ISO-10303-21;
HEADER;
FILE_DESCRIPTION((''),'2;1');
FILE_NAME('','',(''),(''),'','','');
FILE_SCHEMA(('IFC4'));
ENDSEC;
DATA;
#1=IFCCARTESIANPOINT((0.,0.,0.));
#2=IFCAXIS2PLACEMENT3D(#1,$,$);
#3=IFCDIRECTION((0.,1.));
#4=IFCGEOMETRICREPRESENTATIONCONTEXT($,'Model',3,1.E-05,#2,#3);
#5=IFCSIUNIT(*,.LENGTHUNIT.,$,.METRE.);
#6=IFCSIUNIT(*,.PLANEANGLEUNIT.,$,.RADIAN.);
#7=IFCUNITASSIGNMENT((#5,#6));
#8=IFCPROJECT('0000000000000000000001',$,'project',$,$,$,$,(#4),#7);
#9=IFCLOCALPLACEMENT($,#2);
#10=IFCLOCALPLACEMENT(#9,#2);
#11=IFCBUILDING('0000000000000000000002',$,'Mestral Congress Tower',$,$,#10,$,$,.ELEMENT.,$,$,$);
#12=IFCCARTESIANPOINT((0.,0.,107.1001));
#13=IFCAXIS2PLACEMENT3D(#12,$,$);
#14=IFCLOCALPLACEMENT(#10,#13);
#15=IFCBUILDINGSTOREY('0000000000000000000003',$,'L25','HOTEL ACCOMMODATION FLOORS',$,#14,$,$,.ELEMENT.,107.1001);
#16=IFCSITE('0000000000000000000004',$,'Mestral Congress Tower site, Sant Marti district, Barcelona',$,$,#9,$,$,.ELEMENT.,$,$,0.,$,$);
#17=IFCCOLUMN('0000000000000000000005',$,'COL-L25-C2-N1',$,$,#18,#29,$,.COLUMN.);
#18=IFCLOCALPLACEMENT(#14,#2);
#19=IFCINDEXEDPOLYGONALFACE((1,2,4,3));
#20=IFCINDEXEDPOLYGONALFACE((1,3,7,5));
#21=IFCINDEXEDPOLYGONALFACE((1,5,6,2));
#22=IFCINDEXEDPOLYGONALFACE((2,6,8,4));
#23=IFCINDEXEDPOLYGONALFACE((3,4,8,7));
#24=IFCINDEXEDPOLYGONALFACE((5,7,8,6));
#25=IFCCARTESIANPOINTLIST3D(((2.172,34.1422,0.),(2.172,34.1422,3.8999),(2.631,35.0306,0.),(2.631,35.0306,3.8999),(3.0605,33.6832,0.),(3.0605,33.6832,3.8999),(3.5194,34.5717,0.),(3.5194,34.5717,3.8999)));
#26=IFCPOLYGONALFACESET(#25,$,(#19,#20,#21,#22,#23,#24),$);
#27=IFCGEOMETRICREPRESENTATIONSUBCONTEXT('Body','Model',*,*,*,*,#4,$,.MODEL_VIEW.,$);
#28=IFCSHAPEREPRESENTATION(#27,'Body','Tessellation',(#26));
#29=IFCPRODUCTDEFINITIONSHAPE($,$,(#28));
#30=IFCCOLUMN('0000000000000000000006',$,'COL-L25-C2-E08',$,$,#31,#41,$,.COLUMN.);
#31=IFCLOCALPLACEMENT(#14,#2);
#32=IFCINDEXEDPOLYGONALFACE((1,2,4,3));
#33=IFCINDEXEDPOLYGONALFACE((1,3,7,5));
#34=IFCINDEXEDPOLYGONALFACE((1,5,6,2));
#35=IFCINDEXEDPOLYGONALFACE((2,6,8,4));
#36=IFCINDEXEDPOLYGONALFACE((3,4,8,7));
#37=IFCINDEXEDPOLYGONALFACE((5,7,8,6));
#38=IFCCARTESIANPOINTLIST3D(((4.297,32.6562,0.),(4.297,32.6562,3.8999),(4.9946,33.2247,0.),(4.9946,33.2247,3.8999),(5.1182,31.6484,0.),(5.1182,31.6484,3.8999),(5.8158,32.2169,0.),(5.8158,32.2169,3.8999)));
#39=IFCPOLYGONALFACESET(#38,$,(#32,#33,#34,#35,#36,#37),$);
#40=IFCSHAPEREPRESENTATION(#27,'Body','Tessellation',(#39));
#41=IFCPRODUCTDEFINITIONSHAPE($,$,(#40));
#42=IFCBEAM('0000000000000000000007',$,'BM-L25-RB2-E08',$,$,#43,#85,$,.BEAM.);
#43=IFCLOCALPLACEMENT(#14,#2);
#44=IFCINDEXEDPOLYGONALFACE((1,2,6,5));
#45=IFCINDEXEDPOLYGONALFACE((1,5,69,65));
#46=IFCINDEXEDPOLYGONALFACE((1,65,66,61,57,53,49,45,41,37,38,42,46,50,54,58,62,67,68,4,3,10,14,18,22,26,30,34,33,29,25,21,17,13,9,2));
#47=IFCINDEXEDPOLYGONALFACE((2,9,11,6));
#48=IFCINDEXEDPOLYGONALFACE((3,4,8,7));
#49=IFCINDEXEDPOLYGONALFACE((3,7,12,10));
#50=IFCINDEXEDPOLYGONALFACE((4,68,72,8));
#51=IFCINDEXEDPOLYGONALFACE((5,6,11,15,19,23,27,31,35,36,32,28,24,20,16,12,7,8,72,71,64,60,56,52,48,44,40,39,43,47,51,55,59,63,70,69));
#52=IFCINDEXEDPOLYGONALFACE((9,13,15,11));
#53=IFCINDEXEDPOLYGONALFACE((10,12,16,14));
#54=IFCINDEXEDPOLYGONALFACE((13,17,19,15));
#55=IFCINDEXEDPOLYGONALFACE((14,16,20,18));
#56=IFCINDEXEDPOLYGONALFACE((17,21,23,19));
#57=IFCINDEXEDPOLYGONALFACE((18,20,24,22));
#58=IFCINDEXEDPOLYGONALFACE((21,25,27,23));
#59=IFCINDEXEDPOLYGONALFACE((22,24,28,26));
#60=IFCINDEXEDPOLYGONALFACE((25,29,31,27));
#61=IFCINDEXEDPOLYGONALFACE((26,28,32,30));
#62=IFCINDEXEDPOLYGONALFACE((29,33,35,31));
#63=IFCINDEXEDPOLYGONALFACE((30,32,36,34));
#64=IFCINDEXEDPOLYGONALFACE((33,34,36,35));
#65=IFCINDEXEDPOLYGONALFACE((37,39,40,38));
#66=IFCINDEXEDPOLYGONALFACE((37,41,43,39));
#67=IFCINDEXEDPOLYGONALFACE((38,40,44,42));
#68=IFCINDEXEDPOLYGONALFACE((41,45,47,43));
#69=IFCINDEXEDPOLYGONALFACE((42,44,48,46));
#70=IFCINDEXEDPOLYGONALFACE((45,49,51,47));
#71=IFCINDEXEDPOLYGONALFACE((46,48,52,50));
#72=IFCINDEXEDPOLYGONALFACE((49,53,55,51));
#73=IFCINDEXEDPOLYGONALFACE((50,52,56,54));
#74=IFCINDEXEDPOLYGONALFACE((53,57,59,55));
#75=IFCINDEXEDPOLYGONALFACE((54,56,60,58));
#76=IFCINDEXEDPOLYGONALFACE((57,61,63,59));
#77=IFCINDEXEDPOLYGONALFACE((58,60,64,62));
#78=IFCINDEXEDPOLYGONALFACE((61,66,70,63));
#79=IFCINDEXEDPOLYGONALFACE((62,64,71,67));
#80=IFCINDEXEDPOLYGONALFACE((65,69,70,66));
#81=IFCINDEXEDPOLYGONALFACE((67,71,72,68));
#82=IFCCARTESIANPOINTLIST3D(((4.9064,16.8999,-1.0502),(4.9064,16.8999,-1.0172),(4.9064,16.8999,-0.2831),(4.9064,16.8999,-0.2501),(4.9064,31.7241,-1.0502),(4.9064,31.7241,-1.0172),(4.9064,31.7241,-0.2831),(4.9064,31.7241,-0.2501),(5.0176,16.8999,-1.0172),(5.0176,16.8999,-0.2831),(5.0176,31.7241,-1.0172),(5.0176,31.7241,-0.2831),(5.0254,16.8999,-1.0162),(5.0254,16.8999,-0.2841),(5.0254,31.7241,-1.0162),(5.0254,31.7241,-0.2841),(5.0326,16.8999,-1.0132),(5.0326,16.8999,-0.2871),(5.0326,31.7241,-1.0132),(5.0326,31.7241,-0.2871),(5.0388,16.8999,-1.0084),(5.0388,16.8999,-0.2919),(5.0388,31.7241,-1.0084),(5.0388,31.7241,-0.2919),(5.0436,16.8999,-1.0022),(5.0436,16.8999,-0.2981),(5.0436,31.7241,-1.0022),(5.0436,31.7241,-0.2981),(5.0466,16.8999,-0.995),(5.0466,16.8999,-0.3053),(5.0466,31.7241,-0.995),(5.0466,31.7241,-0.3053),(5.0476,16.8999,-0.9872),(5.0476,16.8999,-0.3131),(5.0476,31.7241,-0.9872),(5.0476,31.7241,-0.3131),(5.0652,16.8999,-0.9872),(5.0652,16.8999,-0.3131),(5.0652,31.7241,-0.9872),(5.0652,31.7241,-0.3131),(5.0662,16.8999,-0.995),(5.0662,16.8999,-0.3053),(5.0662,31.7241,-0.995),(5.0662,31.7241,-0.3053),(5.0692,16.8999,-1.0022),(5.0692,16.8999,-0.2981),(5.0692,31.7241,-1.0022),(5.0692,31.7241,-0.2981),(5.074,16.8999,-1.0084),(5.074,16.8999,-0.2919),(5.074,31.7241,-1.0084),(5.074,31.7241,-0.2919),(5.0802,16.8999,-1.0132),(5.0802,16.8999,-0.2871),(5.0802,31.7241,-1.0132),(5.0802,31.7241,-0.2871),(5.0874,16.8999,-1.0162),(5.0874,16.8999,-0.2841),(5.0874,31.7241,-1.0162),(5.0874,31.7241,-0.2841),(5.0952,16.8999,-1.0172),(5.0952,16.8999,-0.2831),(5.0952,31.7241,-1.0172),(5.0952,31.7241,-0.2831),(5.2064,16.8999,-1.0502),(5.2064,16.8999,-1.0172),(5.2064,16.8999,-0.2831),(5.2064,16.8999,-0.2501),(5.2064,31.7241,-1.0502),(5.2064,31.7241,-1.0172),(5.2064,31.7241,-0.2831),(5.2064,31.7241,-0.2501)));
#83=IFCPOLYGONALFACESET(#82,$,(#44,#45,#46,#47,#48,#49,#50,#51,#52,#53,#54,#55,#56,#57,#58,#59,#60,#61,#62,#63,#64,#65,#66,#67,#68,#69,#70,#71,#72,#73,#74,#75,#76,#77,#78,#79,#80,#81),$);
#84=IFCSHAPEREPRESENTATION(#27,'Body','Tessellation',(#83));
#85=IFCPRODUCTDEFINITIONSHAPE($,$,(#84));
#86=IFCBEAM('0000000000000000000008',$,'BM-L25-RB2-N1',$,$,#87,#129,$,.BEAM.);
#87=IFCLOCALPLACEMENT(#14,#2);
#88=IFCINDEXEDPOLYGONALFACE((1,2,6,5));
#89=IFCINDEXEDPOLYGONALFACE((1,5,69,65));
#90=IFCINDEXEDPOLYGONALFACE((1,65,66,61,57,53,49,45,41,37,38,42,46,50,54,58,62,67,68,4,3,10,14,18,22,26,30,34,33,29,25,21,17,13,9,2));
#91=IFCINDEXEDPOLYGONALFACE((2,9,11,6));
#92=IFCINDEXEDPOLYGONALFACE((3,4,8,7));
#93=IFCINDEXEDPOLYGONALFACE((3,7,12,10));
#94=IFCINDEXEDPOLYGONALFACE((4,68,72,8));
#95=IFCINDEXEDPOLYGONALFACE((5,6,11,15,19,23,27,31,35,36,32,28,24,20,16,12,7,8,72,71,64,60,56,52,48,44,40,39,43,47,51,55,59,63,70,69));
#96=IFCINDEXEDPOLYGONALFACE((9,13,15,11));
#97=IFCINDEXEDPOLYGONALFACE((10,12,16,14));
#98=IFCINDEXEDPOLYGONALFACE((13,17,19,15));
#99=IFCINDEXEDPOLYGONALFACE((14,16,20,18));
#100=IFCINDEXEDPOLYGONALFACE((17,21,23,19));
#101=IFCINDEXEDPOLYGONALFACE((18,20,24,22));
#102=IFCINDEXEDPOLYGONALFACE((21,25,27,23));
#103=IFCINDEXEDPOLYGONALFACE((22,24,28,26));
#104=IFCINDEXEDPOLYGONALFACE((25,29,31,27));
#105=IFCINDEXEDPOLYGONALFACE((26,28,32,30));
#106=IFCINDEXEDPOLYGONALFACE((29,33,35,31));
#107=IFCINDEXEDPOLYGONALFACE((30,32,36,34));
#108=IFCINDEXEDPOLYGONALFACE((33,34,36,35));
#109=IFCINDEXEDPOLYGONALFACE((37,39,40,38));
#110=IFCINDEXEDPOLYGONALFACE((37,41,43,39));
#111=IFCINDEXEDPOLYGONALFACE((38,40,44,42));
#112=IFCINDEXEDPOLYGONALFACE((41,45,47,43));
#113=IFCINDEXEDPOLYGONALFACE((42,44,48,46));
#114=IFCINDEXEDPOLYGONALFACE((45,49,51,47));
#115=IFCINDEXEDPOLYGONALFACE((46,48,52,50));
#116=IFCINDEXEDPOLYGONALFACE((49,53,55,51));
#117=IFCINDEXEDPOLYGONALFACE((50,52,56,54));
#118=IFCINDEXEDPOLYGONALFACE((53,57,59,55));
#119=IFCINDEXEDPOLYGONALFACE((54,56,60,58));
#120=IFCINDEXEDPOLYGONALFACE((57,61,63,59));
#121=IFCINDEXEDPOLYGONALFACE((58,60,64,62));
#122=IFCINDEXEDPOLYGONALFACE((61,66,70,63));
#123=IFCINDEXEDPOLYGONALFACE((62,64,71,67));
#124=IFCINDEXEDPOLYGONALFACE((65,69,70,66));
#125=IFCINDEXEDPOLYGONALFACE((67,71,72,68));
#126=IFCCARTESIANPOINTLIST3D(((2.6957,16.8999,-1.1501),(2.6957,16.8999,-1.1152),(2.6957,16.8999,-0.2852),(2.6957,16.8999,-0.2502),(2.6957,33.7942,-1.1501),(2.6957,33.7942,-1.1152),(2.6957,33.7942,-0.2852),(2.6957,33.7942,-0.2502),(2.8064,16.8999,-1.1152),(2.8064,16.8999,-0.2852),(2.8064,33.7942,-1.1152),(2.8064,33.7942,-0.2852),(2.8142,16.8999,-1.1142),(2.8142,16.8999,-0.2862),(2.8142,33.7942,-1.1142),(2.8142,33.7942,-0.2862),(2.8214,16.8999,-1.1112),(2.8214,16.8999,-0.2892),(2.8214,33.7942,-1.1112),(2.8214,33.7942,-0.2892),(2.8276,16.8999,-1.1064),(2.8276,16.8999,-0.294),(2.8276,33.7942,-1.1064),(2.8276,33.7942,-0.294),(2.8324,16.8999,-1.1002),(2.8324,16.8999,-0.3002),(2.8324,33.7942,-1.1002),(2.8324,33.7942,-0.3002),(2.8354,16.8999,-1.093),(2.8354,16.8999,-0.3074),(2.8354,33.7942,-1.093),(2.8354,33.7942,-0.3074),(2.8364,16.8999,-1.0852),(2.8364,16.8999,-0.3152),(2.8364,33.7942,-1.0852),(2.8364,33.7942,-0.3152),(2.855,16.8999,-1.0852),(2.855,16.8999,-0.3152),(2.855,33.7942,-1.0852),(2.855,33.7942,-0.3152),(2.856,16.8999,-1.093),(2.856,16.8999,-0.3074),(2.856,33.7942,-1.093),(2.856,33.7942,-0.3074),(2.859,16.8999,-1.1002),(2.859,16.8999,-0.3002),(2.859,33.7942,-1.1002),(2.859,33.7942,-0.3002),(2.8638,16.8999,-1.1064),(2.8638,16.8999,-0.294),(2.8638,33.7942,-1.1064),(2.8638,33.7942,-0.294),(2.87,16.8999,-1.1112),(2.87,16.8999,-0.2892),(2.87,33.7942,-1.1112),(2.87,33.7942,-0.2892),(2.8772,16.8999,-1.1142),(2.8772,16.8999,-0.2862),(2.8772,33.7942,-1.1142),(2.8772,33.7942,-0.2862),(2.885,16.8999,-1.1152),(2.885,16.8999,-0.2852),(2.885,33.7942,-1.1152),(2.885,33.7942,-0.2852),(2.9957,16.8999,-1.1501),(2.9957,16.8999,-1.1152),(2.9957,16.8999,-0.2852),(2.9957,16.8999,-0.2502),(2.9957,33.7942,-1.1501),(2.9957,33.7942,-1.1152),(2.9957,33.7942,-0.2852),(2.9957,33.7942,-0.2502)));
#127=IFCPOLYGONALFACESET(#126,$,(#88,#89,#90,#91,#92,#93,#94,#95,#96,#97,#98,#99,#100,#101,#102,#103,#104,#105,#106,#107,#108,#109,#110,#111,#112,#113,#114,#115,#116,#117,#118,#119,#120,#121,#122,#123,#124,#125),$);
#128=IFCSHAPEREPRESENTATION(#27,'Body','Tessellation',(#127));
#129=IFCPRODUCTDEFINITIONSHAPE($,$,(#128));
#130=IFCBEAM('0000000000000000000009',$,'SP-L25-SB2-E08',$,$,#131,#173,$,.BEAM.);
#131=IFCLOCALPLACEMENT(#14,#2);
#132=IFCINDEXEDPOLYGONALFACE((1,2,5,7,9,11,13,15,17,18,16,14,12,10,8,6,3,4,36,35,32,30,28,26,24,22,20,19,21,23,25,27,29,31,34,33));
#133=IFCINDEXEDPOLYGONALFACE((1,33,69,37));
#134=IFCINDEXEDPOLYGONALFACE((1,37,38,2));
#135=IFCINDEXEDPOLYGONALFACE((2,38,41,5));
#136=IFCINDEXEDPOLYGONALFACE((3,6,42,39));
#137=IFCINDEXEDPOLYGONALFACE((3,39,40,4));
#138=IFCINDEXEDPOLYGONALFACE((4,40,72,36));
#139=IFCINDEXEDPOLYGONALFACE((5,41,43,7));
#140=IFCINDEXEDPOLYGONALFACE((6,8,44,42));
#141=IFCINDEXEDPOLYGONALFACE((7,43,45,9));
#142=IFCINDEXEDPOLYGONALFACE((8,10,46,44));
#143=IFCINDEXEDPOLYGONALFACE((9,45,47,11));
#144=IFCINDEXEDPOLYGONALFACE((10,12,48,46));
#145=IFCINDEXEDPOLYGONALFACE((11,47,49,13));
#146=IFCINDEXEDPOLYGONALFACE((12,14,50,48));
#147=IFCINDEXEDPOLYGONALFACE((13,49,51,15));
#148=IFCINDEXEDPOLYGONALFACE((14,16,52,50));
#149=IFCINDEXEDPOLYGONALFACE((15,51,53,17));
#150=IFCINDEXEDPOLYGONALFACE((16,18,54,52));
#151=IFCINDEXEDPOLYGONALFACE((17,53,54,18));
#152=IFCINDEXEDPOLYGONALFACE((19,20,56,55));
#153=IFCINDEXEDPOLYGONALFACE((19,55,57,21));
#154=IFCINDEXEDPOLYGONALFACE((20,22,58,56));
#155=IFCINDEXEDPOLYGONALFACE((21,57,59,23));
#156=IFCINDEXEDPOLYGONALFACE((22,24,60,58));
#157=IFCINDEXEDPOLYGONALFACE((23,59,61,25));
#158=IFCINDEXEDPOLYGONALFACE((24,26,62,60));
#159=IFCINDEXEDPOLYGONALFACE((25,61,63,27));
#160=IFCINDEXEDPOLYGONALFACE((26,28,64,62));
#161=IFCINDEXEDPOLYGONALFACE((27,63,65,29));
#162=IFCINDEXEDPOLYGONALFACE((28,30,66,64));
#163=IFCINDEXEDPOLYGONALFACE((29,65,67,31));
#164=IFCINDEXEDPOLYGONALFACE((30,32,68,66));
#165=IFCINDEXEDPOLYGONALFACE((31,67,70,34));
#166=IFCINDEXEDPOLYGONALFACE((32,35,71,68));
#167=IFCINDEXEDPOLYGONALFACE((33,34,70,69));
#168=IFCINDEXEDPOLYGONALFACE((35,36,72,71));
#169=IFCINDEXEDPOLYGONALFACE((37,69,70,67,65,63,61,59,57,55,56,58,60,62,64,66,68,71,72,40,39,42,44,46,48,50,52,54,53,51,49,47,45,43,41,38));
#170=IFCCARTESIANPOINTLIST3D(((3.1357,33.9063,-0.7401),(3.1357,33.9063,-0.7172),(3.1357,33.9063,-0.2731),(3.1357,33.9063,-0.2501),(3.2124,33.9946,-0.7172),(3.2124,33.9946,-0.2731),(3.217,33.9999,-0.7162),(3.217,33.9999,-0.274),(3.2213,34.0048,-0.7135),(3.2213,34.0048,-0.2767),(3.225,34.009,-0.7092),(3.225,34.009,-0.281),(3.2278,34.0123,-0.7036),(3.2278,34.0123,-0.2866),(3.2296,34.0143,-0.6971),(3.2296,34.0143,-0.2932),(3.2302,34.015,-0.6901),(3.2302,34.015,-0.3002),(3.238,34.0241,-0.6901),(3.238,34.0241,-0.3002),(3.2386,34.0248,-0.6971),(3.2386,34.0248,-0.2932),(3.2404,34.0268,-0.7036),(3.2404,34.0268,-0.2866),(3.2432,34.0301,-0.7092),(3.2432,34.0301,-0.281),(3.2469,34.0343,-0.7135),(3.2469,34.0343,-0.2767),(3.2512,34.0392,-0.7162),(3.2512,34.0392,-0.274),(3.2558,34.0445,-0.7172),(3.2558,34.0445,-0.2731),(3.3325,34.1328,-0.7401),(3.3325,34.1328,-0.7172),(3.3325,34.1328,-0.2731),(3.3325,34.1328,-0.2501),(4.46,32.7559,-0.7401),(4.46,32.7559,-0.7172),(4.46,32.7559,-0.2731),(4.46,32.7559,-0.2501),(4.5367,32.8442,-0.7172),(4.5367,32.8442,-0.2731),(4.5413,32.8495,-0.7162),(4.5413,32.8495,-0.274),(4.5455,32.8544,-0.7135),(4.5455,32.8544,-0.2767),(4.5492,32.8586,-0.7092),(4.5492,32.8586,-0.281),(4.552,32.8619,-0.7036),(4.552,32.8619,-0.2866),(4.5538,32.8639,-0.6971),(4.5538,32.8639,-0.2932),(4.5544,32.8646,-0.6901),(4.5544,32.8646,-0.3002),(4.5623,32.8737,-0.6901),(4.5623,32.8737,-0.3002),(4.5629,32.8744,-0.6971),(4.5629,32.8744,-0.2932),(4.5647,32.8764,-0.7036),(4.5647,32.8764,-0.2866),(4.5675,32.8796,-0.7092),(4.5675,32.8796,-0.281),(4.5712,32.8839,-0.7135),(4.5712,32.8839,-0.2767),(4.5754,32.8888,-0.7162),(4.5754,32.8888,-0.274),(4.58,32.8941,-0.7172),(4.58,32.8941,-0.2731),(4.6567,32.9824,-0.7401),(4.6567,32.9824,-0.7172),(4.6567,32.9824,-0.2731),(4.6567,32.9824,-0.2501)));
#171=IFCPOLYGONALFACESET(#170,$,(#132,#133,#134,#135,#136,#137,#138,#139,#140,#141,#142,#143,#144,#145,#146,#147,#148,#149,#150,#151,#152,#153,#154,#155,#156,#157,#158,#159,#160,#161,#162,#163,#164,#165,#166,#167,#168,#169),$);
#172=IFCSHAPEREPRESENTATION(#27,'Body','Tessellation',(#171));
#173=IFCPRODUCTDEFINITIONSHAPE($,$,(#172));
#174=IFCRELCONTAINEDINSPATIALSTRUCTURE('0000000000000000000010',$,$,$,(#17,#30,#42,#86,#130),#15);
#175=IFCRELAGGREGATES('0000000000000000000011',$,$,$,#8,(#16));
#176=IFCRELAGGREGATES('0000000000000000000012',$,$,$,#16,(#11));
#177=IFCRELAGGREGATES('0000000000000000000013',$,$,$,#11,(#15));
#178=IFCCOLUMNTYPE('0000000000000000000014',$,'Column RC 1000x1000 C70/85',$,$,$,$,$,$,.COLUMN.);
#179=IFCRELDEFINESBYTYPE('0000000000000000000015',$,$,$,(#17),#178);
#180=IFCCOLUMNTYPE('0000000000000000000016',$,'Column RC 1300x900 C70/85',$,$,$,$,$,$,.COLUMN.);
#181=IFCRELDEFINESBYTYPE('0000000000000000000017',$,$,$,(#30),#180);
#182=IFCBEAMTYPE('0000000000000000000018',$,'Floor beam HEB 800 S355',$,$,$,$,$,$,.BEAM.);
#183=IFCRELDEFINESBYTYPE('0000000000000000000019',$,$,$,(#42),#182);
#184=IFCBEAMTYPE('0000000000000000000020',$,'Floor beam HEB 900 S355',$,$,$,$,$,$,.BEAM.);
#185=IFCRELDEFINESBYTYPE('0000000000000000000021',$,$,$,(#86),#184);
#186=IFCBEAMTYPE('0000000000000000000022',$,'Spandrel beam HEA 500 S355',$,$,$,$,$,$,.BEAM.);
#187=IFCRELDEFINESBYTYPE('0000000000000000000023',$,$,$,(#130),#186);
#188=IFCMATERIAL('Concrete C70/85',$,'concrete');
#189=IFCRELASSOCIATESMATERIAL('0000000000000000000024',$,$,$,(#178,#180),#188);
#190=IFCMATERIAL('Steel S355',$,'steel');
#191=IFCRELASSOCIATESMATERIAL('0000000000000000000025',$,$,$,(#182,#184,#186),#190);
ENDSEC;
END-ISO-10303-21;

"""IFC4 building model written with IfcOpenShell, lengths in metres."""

from ifc_helpers import new_model, si_unit, direction, frame, origin, origin_2d, place, context, subcontext, project, spatial, rectangle, i_section, extrude, material, material_profile, profile_set, type_object, element, save


model = new_model("IFC4")

# Units and contexts
model_context = context("Model", 3, precision=1e-05, world=origin(), true_north=direction((0.0, 1.0)))
body_context = subcontext(model_context, "Body", "Model", "MODEL_VIEW")
ifc_project = project(units=[si_unit("LENGTHUNIT", "METRE"), si_unit("PLANEANGLEUNIT", "RADIAN")], contexts=[model_context])

# Site, building, storey
site_placement = place(None, origin())
site = spatial("IfcSite", under=ifc_project, at=site_placement, Name="Mestral Congress Tower site, Sant Marti district, Barcelona", CompositionType="ELEMENT", RefElevation=0.0)
building_placement = place(site_placement, origin())
building = spatial("IfcBuilding", under=site, at=building_placement, Name="Mestral Congress Tower", CompositionType="ELEMENT")
storey_placement = place(building_placement, frame((0.0, 0.0, 107.1001)))
storey = spatial("IfcBuildingStorey", under=building, at=storey_placement, Name="L25", Description="HOTEL ACCOMMODATION FLOORS", CompositionType="ELEMENT", Elevation=107.1001)

# Columns
ifc_material_1 = material(Name="Concrete C70/85", Category="concrete")
ifc_material_profile_1 = material_profile(ifc_material_1, rectangle(XDim=1.0, YDim=1.0, at=origin_2d()), Name="RC 1000x1000")
ifc_profile_set_1 = profile_set([ifc_material_profile_1], Name="Concrete C70/85")
column_type_1 = type_object("IfcColumnType", Name="Column RC 1000x1000 C70/85", PredefinedType="COLUMN", material=ifc_profile_set_1)
column_1_placement = place(storey_placement, frame((2.8457, 34.3569, 0.0), z_axis=(0.0, 0.0, 1.0), x_axis=(-0.888456, 0.458961, 0.0)))
element("IfcColumn", 1, at=column_1_placement, inside=storey, type_object=column_type_1, Name="COL-L25-C2-N1", PredefinedType="COLUMN", context=body_context, shape_type="SweptSolid", body=[
    extrude(rectangle(XDim=1.0, YDim=1.0, at=origin_2d()), origin(), (0.0, 0.0, 1.0), 3.8999),
])
ifc_material_profile_2 = material_profile(ifc_material_1, rectangle(XDim=1.3, YDim=0.8999, at=origin_2d()), Name="RC 1300x900")
ifc_profile_set_2 = profile_set([ifc_material_profile_2], Name="Concrete C70/85")
column_type_2 = type_object("IfcColumnType", Name="Column RC 1300x900 C70/85", PredefinedType="COLUMN", material=ifc_profile_set_2)
column_2_placement = place(storey_placement, frame((5.0564, 32.4365, 0.0), z_axis=(0.0, 0.0, 1.0), x_axis=(-0.631709, 0.775206, 0.0)))
element("IfcColumn", 2, at=column_2_placement, inside=storey, type_object=column_type_2, Name="COL-L25-C2-E08", PredefinedType="COLUMN", context=body_context, shape_type="SweptSolid", body=[
    extrude(rectangle(XDim=1.3, YDim=0.8999, at=origin_2d()), origin(), (0.0, 0.0, 1.0), 3.8999),
])

# Beams
ifc_material_2 = material(Name="Steel S355", Category="steel")
ifc_material_profile_3 = material_profile(ifc_material_2, i_section(OverallWidth=0.3, OverallDepth=0.8, WebThickness=0.0176, FlangeThickness=0.033, FilletRadius=0.03, at=origin_2d()), Name="HEB 800")
ifc_profile_set_3 = profile_set([ifc_material_profile_3], Name="Steel S355")
beam_type_1 = type_object("IfcBeamType", Name="Floor beam HEB 800 S355", PredefinedType="BEAM", material=ifc_profile_set_3)
beam_1_placement = place(storey_placement, frame((5.0564, 31.7241, -0.6501), z_axis=(0.0, -1.0, 0.0), x_axis=(1.0, 0.0, 0.0)))
element("IfcBeam", 3, at=beam_1_placement, inside=storey, type_object=beam_type_1, Name="BM-L25-RB2-E08", PredefinedType="BEAM", context=body_context, shape_type="SweptSolid", body=[
    extrude(i_section(OverallWidth=0.3, OverallDepth=0.8, WebThickness=0.0176, FlangeThickness=0.033, FilletRadius=0.03, at=origin_2d()), origin(), (0.0, 0.0, 1.0), 14.8242),
])
ifc_material_profile_4 = material_profile(ifc_material_2, i_section(OverallWidth=0.3, OverallDepth=0.8999, WebThickness=0.0186, FlangeThickness=0.0349, FilletRadius=0.03, at=origin_2d()), Name="HEB 900")
ifc_profile_set_4 = profile_set([ifc_material_profile_4], Name="Steel S355")
beam_type_2 = type_object("IfcBeamType", Name="Floor beam HEB 900 S355", PredefinedType="BEAM", material=ifc_profile_set_4)
beam_2_placement = place(storey_placement, frame((2.8457, 33.7942, -0.7002), z_axis=(0.0, -1.0, 0.0), x_axis=(1.0, 0.0, 0.0)))
element("IfcBeam", 4, at=beam_2_placement, inside=storey, type_object=beam_type_2, Name="BM-L25-RB2-N1", PredefinedType="BEAM", context=body_context, shape_type="SweptSolid", body=[
    extrude(i_section(OverallWidth=0.3, OverallDepth=0.8999, WebThickness=0.0186, FlangeThickness=0.0349, FilletRadius=0.03, at=origin_2d()), origin(), (0.0, 0.0, 1.0), 16.8943),
])
ifc_material_profile_5 = material_profile(ifc_material_2, i_section(OverallWidth=0.3, OverallDepth=0.49, WebThickness=0.012, FlangeThickness=0.0229, FilletRadius=0.0271, at=origin_2d()), Name="HEA 500")
ifc_profile_set_5 = profile_set([ifc_material_profile_5], Name="Steel S355")
beam_type_3 = type_object("IfcBeamType", Name="Spandrel beam HEA 500 S355", PredefinedType="BEAM", material=ifc_profile_set_5)
beam_3_placement = place(storey_placement, frame((4.5583, 32.8691, -0.4951), z_axis=(-0.754917, 0.65582, 0.0), x_axis=(-0.65582, -0.754917, 0.0)))
element("IfcBeam", 5, at=beam_3_placement, inside=storey, type_object=beam_type_3, Name="SP-L25-SB2-E08", PredefinedType="BEAM", context=body_context, shape_type="SweptSolid", body=[
    extrude(i_section(OverallWidth=0.3, OverallDepth=0.49, WebThickness=0.012, FlangeThickness=0.0229, FilletRadius=0.0271, at=origin_2d()), origin(), (0.0, 0.0, 1.0), 1.7542),
])

save(model, "model.ifc")
